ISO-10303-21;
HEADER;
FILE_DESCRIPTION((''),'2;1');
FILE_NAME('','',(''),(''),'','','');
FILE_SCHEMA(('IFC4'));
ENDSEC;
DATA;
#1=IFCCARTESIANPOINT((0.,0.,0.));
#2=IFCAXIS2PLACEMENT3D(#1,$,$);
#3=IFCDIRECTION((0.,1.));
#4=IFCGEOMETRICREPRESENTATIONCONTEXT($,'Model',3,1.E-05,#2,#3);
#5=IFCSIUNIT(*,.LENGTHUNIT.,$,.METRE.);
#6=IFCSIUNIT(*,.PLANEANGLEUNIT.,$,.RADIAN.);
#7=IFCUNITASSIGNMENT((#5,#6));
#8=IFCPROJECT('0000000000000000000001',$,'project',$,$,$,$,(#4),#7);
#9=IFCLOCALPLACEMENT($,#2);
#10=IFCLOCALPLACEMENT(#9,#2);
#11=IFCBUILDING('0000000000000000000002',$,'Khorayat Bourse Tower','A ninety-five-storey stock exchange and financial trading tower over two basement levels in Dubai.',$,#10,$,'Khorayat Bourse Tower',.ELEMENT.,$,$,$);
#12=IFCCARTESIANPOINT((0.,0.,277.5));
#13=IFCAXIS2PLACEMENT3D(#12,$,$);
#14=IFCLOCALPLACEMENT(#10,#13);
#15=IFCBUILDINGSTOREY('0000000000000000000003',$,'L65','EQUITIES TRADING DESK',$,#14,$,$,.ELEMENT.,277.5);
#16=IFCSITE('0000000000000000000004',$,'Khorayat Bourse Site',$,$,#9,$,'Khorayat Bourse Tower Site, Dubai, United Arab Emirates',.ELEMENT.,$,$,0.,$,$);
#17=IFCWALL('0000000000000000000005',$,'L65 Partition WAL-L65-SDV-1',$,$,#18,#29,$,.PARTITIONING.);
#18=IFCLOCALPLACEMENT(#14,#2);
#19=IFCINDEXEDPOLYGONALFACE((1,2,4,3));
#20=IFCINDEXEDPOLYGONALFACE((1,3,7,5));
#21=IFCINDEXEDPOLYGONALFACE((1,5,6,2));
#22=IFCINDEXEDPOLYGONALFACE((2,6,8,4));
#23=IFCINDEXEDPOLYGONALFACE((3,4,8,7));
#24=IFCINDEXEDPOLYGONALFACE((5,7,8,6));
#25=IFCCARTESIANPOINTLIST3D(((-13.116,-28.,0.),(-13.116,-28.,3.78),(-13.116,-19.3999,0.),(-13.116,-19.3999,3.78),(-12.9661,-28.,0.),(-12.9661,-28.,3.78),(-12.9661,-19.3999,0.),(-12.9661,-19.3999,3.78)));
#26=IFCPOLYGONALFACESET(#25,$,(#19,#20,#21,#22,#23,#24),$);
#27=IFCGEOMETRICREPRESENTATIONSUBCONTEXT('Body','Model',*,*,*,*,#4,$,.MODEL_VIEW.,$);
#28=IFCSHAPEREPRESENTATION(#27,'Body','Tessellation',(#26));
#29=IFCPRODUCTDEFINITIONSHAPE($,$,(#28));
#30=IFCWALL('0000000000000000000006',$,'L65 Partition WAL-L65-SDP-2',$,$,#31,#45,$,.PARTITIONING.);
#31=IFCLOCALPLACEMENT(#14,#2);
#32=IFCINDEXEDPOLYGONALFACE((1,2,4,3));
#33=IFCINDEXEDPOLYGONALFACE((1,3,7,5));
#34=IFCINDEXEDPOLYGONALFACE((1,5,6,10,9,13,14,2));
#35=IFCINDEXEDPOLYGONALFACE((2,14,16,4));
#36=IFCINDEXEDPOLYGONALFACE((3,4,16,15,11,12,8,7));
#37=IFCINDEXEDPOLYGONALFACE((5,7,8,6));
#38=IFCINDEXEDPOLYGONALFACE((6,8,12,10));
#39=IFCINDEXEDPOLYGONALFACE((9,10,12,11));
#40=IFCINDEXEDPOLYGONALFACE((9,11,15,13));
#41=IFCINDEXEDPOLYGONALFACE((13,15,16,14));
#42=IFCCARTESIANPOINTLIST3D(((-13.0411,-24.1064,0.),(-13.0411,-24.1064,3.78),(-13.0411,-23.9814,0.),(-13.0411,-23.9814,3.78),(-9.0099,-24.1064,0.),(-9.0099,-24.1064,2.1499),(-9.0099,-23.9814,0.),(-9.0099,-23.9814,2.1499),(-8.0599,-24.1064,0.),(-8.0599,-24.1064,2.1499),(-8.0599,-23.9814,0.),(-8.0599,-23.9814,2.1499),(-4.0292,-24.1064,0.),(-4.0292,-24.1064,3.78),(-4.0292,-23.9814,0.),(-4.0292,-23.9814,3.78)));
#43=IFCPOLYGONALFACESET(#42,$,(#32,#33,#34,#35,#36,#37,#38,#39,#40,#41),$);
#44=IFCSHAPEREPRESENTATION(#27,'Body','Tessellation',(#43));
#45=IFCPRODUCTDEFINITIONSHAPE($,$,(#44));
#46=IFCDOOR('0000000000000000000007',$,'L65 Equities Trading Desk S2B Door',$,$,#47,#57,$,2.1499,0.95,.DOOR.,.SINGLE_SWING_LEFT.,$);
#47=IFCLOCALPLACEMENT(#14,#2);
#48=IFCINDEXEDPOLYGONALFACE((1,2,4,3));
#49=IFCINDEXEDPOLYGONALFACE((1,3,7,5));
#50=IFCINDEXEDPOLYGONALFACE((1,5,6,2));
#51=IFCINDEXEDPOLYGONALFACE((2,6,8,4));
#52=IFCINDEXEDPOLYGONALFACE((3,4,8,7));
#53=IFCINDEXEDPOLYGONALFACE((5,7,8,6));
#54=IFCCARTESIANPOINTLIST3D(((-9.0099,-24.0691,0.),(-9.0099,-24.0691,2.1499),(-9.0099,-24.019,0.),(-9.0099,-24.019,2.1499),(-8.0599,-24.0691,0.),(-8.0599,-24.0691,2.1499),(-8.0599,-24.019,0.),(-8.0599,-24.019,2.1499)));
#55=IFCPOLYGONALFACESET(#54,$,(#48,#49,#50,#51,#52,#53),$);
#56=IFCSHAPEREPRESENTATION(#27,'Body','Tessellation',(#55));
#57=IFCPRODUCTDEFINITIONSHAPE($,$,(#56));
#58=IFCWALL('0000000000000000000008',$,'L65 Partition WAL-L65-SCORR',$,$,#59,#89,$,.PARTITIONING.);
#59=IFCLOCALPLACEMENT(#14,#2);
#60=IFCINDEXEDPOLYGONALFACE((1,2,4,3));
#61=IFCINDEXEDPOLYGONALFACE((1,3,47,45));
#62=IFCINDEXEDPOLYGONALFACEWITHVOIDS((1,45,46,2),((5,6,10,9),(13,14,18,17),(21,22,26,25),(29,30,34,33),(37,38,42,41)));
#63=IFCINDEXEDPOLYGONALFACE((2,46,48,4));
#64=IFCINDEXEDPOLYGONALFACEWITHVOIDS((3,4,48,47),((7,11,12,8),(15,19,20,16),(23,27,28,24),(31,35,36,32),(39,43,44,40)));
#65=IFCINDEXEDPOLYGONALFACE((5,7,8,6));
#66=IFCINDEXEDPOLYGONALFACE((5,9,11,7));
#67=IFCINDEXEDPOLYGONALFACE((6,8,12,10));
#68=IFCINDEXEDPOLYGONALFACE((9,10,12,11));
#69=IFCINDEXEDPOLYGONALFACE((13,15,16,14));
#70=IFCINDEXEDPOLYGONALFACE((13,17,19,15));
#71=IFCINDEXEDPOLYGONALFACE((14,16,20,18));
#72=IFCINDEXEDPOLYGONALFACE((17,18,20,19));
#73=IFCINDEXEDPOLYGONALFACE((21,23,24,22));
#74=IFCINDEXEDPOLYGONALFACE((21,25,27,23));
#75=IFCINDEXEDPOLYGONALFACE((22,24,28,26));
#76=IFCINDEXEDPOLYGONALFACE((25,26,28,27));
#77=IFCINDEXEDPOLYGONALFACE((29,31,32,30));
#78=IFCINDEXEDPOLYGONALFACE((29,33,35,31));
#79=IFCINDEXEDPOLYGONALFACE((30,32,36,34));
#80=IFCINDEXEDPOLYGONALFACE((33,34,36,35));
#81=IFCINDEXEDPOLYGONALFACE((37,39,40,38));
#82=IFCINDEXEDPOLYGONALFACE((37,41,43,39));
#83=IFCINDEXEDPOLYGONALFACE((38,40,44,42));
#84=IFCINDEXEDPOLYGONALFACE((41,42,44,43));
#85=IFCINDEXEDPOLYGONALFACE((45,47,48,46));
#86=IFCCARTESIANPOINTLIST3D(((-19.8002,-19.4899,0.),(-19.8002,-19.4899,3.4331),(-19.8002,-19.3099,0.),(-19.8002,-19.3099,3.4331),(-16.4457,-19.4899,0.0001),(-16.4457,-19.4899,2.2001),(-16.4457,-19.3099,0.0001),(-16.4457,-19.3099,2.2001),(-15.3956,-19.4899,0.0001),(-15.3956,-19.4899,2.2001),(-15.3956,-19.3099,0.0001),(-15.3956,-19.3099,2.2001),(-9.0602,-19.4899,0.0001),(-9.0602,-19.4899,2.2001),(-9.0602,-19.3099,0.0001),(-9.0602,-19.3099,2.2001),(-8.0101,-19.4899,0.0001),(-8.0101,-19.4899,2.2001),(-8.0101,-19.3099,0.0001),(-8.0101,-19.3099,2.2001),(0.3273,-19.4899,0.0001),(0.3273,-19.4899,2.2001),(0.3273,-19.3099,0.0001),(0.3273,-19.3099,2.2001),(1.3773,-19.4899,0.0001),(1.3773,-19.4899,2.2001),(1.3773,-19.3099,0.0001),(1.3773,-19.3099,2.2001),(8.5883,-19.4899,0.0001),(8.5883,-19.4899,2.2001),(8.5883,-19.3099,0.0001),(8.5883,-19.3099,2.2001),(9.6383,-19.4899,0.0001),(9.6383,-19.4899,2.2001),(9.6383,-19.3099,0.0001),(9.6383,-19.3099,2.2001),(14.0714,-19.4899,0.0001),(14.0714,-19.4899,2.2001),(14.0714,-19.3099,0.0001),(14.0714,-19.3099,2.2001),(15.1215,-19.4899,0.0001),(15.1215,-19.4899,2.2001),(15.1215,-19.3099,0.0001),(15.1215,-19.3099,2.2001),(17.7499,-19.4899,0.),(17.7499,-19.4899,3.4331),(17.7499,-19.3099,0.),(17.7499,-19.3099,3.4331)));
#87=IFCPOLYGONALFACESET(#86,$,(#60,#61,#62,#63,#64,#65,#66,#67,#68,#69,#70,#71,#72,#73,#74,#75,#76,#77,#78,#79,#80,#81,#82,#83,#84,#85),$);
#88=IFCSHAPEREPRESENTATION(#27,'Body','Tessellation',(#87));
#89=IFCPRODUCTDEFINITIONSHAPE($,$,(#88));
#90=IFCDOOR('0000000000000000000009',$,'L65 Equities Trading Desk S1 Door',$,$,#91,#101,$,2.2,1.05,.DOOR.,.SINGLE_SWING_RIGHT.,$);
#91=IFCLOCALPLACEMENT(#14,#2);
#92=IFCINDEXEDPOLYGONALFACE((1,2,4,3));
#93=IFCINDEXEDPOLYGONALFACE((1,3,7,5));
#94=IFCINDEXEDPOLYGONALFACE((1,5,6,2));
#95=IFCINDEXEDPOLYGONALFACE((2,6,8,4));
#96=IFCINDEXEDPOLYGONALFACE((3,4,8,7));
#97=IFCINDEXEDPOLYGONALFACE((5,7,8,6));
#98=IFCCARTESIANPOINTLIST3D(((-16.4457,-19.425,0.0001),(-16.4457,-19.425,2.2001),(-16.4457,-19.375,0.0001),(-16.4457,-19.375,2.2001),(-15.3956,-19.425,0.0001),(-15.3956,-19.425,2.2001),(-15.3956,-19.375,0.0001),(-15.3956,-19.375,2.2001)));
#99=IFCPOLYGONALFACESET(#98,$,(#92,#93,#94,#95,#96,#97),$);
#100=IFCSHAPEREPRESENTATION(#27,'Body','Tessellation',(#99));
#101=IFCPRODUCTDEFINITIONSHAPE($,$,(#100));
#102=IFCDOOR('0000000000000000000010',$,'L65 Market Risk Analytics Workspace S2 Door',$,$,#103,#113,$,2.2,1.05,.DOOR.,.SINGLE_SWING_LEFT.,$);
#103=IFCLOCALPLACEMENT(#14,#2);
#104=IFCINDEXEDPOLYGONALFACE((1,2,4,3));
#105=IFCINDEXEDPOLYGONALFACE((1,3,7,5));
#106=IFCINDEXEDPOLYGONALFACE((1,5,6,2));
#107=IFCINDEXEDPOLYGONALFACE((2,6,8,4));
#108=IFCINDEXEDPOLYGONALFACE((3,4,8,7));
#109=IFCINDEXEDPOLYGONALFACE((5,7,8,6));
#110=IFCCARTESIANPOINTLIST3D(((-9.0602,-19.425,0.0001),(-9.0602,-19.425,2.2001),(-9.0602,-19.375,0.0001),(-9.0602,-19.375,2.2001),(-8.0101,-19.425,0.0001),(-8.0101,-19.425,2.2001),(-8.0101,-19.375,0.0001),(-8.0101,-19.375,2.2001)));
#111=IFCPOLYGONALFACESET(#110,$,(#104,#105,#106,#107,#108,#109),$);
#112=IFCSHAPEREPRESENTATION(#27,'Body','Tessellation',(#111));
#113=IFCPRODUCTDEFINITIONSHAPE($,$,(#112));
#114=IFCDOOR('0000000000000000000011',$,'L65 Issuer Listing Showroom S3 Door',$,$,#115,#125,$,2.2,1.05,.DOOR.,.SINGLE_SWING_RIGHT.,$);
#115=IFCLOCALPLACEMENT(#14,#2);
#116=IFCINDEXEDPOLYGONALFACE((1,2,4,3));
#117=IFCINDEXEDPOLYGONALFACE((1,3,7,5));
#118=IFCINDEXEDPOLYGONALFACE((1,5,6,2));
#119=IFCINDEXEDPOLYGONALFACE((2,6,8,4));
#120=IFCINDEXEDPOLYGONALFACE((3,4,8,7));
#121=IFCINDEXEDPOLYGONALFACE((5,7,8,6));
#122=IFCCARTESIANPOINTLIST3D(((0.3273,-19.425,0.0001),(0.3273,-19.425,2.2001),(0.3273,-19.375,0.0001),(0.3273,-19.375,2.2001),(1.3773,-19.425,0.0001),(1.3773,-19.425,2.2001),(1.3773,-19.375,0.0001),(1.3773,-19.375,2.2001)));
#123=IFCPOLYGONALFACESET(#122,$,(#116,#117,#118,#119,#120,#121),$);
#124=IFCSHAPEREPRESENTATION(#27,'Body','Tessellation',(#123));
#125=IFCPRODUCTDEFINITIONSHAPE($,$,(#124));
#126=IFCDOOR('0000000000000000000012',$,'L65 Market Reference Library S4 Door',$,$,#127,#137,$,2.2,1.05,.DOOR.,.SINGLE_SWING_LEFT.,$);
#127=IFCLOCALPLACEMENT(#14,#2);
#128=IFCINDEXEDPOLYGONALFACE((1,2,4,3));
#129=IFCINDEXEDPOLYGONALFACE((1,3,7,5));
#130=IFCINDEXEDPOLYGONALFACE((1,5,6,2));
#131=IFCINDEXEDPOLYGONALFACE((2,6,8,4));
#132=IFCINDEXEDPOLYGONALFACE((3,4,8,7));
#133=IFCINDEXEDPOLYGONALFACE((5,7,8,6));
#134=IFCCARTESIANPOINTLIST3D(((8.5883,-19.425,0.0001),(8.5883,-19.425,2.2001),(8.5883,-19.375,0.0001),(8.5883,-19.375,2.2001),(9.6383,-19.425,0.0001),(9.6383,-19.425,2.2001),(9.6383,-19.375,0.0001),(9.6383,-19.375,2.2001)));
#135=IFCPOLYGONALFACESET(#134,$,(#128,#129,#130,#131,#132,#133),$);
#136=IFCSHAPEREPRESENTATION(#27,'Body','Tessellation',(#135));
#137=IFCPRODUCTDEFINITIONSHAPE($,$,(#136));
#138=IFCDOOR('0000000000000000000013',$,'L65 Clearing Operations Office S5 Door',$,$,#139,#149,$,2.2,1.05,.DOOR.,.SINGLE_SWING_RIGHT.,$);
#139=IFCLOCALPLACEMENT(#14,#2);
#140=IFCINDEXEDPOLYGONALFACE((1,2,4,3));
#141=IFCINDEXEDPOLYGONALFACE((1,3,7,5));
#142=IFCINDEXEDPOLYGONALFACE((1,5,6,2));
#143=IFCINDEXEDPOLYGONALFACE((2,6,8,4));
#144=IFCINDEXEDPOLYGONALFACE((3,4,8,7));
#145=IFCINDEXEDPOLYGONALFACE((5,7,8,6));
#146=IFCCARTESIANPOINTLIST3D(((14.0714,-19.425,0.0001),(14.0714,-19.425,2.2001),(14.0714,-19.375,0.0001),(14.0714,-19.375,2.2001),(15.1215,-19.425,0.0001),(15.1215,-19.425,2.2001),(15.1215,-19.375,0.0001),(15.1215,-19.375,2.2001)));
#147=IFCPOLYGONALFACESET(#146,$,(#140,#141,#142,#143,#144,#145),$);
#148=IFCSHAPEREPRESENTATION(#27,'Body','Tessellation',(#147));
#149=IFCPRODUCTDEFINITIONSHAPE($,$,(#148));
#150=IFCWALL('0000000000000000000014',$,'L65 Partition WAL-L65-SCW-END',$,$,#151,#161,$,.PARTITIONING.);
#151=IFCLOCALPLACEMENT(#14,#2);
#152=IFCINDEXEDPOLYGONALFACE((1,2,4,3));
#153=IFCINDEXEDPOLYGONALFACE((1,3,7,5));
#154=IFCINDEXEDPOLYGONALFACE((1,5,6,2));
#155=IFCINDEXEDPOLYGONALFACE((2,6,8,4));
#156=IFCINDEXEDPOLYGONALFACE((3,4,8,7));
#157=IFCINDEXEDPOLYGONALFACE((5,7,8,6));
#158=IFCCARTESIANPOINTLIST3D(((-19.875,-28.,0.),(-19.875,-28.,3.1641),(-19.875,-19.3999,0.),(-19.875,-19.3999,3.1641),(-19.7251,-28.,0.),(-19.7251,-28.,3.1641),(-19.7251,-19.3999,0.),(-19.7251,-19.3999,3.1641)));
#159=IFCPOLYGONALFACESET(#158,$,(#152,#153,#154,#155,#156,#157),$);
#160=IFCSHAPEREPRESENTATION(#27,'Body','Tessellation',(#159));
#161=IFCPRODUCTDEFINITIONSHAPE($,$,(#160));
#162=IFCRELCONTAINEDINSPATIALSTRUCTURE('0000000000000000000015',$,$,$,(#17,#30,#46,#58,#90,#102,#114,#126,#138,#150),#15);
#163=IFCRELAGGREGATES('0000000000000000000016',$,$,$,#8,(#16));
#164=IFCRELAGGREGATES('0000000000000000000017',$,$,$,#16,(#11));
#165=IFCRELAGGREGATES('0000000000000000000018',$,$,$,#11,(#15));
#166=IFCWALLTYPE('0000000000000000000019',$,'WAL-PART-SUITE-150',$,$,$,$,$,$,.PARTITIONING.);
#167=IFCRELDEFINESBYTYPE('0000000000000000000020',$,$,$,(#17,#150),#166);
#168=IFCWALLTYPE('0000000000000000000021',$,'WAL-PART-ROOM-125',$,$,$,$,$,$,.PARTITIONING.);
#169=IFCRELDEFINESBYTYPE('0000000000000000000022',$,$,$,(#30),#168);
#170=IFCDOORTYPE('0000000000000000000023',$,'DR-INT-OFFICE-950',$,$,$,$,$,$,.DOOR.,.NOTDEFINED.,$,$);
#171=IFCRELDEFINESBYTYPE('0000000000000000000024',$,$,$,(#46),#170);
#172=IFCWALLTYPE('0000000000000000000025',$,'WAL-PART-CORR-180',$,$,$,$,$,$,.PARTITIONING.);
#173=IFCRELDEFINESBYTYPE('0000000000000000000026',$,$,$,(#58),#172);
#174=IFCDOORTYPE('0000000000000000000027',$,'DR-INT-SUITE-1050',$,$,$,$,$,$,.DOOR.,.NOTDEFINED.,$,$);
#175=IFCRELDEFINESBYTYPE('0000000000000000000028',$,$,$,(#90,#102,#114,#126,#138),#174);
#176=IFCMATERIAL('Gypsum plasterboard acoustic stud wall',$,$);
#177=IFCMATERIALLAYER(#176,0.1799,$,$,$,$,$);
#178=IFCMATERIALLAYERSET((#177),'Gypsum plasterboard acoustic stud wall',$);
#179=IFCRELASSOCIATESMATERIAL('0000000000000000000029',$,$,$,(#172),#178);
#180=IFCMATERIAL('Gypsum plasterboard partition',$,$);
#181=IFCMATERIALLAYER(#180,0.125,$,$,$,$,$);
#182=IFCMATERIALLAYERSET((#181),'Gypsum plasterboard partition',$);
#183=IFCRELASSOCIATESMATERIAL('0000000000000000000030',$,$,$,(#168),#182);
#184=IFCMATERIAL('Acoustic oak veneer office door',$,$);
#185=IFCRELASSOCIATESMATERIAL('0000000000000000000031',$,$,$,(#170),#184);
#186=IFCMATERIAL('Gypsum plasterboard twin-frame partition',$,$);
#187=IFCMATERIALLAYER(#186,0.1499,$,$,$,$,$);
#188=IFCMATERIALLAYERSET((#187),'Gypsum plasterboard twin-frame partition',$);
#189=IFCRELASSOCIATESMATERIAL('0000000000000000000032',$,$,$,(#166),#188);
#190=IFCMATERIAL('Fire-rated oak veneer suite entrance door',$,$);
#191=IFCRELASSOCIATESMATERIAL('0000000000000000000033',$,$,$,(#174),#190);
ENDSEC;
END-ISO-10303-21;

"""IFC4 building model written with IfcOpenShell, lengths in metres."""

from ifc_helpers import new_model, si_unit, direction, frame, frame_2d, origin, place, context, subcontext, project, spatial, rectangle, extrude, source, transform, mapped, material, layer, layer_set, type_object, element, fill, save


model = new_model("IFC4")

# Units and contexts
model_context = context("Model", 3, precision=1e-05, world=origin(), true_north=direction((0.0, 1.0)))
body_context = subcontext(model_context, "Body", "Model", "MODEL_VIEW")
ifc_project = project(units=[si_unit("LENGTHUNIT", "METRE"), si_unit("PLANEANGLEUNIT", "RADIAN")], contexts=[model_context])

# Site, building, storey
site_placement = place(None, origin())
site = spatial("IfcSite", under=ifc_project, at=site_placement, Name="Khorayat Bourse Site", LongName="Khorayat Bourse Tower Site, Dubai, United Arab Emirates", CompositionType="ELEMENT", RefElevation=0.0)
building_placement = place(site_placement, origin())
building = spatial("IfcBuilding", under=site, at=building_placement, Name="Khorayat Bourse Tower", Description="A ninety-five-storey stock exchange and financial trading tower over two basement levels in Dubai.", LongName="Khorayat Bourse Tower", CompositionType="ELEMENT")
storey_placement = place(building_placement, frame((0.0, 0.0, 277.5)))
storey = spatial("IfcBuildingStorey", under=building, at=storey_placement, Name="L65", Description="EQUITIES TRADING DESK", CompositionType="ELEMENT", Elevation=277.5)

# Shared definitions
ifc_material_1 = material(Name="Gypsum plasterboard acoustic stud wall")
ifc_layer_1 = layer(ifc_material_1, 0.1799)
ifc_layer_set_1 = layer_set([ifc_layer_1], Name="Gypsum plasterboard acoustic stud wall")
wall_type_1 = type_object("IfcWallType", Name="WAL-PART-CORR-180", PredefinedType="PARTITIONING", material=ifc_layer_set_1)
ifc_material_2 = material(Name="Gypsum plasterboard partition")
ifc_layer_2 = layer(ifc_material_2, 0.125)
ifc_layer_set_2 = layer_set([ifc_layer_2], Name="Gypsum plasterboard partition")
wall_type_2 = type_object("IfcWallType", Name="WAL-PART-ROOM-125", PredefinedType="PARTITIONING", material=ifc_layer_set_2)
shared_shape_1 = source(origin(), body_context, "Body", "SweptSolid", [
    extrude(rectangle(XDim=0.95, YDim=2.1499, at=frame_2d((0.4751, 1.075))), frame((0.0, 0.0725, 0.0), z_axis=(0.0, -1.0, 0.0), x_axis=(1.0, 0.0, 0.0)), (0.0, 0.0, 1.0), 0.145),
])
ifc_material_3 = material(Name="Acoustic oak veneer office door")
door_type_1 = type_object("IfcDoorType", Name="DR-INT-OFFICE-950", OperationType="NOTDEFINED", PredefinedType="DOOR", material=ifc_material_3)
shared_shape_2 = source(origin(), body_context, "Body", "SweptSolid", [
    extrude(rectangle(XDim=0.95, YDim=2.1499, at=frame_2d((0.4751, 1.075))), frame((0.0, 0.0249, 0.0), z_axis=(0.0, -1.0, 0.0), x_axis=(1.0, 0.0, 0.0)), (0.0, 0.0, 1.0), 0.05),
])

# Wall
ifc_material_4 = material(Name="Gypsum plasterboard twin-frame partition")
ifc_layer_3 = layer(ifc_material_4, 0.1499)
ifc_layer_set_3 = layer_set([ifc_layer_3], Name="Gypsum plasterboard twin-frame partition")
wall_type_3 = type_object("IfcWallType", Name="WAL-PART-SUITE-150", PredefinedType="PARTITIONING", material=ifc_layer_set_3)
shared_shape_3 = source(origin(), body_context, "Body", "SweptSolid", [
    extrude(rectangle(XDim=8.6001, YDim=0.1499, at=frame_2d((4.3, 0.0))), origin(), (0.0, 0.0, 1.0), 3.78),
])
wall_1_placement = place(storey_placement, frame((-13.041, -28.0, 0.0), z_axis=(0.0, 0.0, 1.0), x_axis=(0.0, 1.0, 0.0)))
element("IfcWall", 1, at=wall_1_placement, inside=storey, type_object=wall_type_3, Name="L65 Partition WAL-L65-SDV-1", PredefinedType="PARTITIONING", context=body_context, shape_type="MappedRepresentation", body=[
    mapped(shared_shape_3, transform((0.0, 0.0, 0.0), scale=1.0)),
])

# Wall, opening, door
shared_shape_4 = source(origin(), body_context, "Body", "SweptSolid", [
    extrude(rectangle(XDim=9.012, YDim=0.125, at=frame_2d((4.5059, 0.0))), origin(), (0.0, 0.0, 1.0), 3.78),
])
wall_2_placement = place(storey_placement, frame((-13.041, -24.0439, 0.0), z_axis=(0.0, 0.0, 1.0), x_axis=(1.0, 0.0, 0.0)))
wall_2 = element("IfcWall", 2, at=wall_2_placement, inside=storey, type_object=wall_type_2, Name="L65 Partition WAL-L65-SDP-2", PredefinedType="PARTITIONING", context=body_context, shape_type="MappedRepresentation", body=[
    mapped(shared_shape_4, transform((0.0, 0.0, 0.0), scale=1.0)),
])
opening_1_placement = place(wall_2_placement, frame((4.031, 0.0, 0.0)))
opening_1 = element("IfcOpeningElement", 3, at=opening_1_placement, cuts=wall_2, PredefinedType="OPENING", context=body_context, shape_type="MappedRepresentation", body=[
    mapped(shared_shape_1, transform((0.0, 0.0, 0.0), scale=1.0)),
])
door_1_placement = place(opening_1_placement, origin())
door_1 = element("IfcDoor", 4, at=door_1_placement, inside=storey, type_object=door_type_1, Name="L65 Equities Trading Desk S2B Door", OperationType="SINGLE_SWING_LEFT", OverallHeight=2.1499, OverallWidth=0.95, PredefinedType="DOOR", context=body_context, shape_type="MappedRepresentation", body=[
    mapped(shared_shape_2, transform((0.0, 0.0, 0.0), scale=1.0)),
])
fill(opening_1, door_1)

# Wall, openings, doors
shared_shape_5 = source(origin(), body_context, "Body", "SweptSolid", [
    extrude(rectangle(XDim=37.55, YDim=0.1799, at=frame_2d((18.7749, 0.0))), origin(), (0.0, 0.0, 1.0), 3.4331),
])
wall_3_placement = place(storey_placement, frame((-19.8, -19.3999, 0.0), z_axis=(0.0, 0.0, 1.0), x_axis=(1.0, 0.0, 0.0)))
wall_3 = element("IfcWall", 5, at=wall_3_placement, inside=storey, type_object=wall_type_1, Name="L65 Partition WAL-L65-SCORR", PredefinedType="PARTITIONING", context=body_context, shape_type="MappedRepresentation", body=[
    mapped(shared_shape_5, transform((0.0, 0.0, 0.0), scale=1.0)),
])
shared_shape_6 = source(origin(), body_context, "Body", "SweptSolid", [
    extrude(rectangle(XDim=1.05, YDim=2.2, at=frame_2d((0.5249, 1.1001))), frame((0.0, 0.0999, 0.0), z_axis=(0.0, -1.0, 0.0), x_axis=(1.0, 0.0, 0.0)), (0.0, 0.0, 1.0), 0.2),
])
opening_2_placement = place(wall_3_placement, frame((3.3545, 0.0, 0.0)))
opening_2 = element("IfcOpeningElement", 6, at=opening_2_placement, cuts=wall_3, PredefinedType="OPENING", context=body_context, shape_type="MappedRepresentation", body=[
    mapped(shared_shape_6, transform((0.0, 0.0, 0.0), scale=1.0)),
])
opening_3_placement = place(wall_3_placement, frame((10.74, 0.0, 0.0)))
opening_3 = element("IfcOpeningElement", 7, at=opening_3_placement, cuts=wall_3, PredefinedType="OPENING", context=body_context, shape_type="MappedRepresentation", body=[
    mapped(shared_shape_6, transform((0.0, 0.0, 0.0), scale=1.0)),
])
opening_4_placement = place(wall_3_placement, frame((20.1274, 0.0, 0.0)))
opening_4 = element("IfcOpeningElement", 8, at=opening_4_placement, cuts=wall_3, PredefinedType="OPENING", context=body_context, shape_type="MappedRepresentation", body=[
    mapped(shared_shape_6, transform((0.0, 0.0, 0.0), scale=1.0)),
])
opening_5_placement = place(wall_3_placement, frame((28.3884, 0.0, 0.0)))
opening_5 = element("IfcOpeningElement", 9, at=opening_5_placement, cuts=wall_3, PredefinedType="OPENING", context=body_context, shape_type="MappedRepresentation", body=[
    mapped(shared_shape_6, transform((0.0, 0.0, 0.0), scale=1.0)),
])
opening_6_placement = place(wall_3_placement, frame((33.8716, 0.0, 0.0)))
opening_6 = element("IfcOpeningElement", 10, at=opening_6_placement, cuts=wall_3, PredefinedType="OPENING", context=body_context, shape_type="MappedRepresentation", body=[
    mapped(shared_shape_6, transform((0.0, 0.0, 0.0), scale=1.0)),
])
ifc_material_5 = material(Name="Fire-rated oak veneer suite entrance door")
door_type_2 = type_object("IfcDoorType", Name="DR-INT-SUITE-1050", OperationType="NOTDEFINED", PredefinedType="DOOR", material=ifc_material_5)
shared_shape_7 = source(origin(), body_context, "Body", "SweptSolid", [
    extrude(rectangle(XDim=1.05, YDim=2.2, at=frame_2d((0.5249, 1.1001))), frame((0.0, 0.0249, 0.0), z_axis=(0.0, -1.0, 0.0), x_axis=(1.0, 0.0, 0.0)), (0.0, 0.0, 1.0), 0.05),
])
door_2_placement = place(opening_2_placement, origin())
door_2 = element("IfcDoor", 11, at=door_2_placement, inside=storey, type_object=door_type_2, Name="L65 Equities Trading Desk S1 Door", OperationType="SINGLE_SWING_RIGHT", OverallHeight=2.2, OverallWidth=1.05, PredefinedType="DOOR", context=body_context, shape_type="MappedRepresentation", body=[
    mapped(shared_shape_7, transform((0.0, 0.0, 0.0), scale=1.0)),
])
fill(opening_2, door_2)
door_3_placement = place(opening_3_placement, origin())
door_3 = element("IfcDoor", 12, at=door_3_placement, inside=storey, type_object=door_type_2, Name="L65 Market Risk Analytics Workspace S2 Door", OperationType="SINGLE_SWING_LEFT", OverallHeight=2.2, OverallWidth=1.05, PredefinedType="DOOR", context=body_context, shape_type="MappedRepresentation", body=[
    mapped(shared_shape_7, transform((0.0, 0.0, 0.0), scale=1.0)),
])
fill(opening_3, door_3)
door_4_placement = place(opening_4_placement, origin())
door_4 = element("IfcDoor", 13, at=door_4_placement, inside=storey, type_object=door_type_2, Name="L65 Issuer Listing Showroom S3 Door", OperationType="SINGLE_SWING_RIGHT", OverallHeight=2.2, OverallWidth=1.05, PredefinedType="DOOR", context=body_context, shape_type="MappedRepresentation", body=[
    mapped(shared_shape_7, transform((0.0, 0.0, 0.0), scale=1.0)),
])
fill(opening_4, door_4)
door_5_placement = place(opening_5_placement, origin())
door_5 = element("IfcDoor", 14, at=door_5_placement, inside=storey, type_object=door_type_2, Name="L65 Market Reference Library S4 Door", OperationType="SINGLE_SWING_LEFT", OverallHeight=2.2, OverallWidth=1.05, PredefinedType="DOOR", context=body_context, shape_type="MappedRepresentation", body=[
    mapped(shared_shape_7, transform((0.0, 0.0, 0.0), scale=1.0)),
])
fill(opening_5, door_5)
door_6_placement = place(opening_6_placement, origin())
door_6 = element("IfcDoor", 15, at=door_6_placement, inside=storey, type_object=door_type_2, Name="L65 Clearing Operations Office S5 Door", OperationType="SINGLE_SWING_RIGHT", OverallHeight=2.2, OverallWidth=1.05, PredefinedType="DOOR", context=body_context, shape_type="MappedRepresentation", body=[
    mapped(shared_shape_7, transform((0.0, 0.0, 0.0), scale=1.0)),
])
fill(opening_6, door_6)

# Wall
shared_shape_8 = source(origin(), body_context, "Body", "SweptSolid", [
    extrude(rectangle(XDim=8.6001, YDim=0.1499, at=frame_2d((4.3, 0.0))), origin(), (0.0, 0.0, 1.0), 3.1641),
])
wall_4_placement = place(storey_placement, frame((-19.8, -28.0, 0.0), z_axis=(0.0, 0.0, 1.0), x_axis=(0.0, 1.0, 0.0)))
element("IfcWall", 16, at=wall_4_placement, inside=storey, type_object=wall_type_3, Name="L65 Partition WAL-L65-SCW-END", PredefinedType="PARTITIONING", context=body_context, shape_type="MappedRepresentation", body=[
    mapped(shared_shape_8, transform((0.0, 0.0, 0.0), scale=1.0)),
])

save(model, "model.ifc")
